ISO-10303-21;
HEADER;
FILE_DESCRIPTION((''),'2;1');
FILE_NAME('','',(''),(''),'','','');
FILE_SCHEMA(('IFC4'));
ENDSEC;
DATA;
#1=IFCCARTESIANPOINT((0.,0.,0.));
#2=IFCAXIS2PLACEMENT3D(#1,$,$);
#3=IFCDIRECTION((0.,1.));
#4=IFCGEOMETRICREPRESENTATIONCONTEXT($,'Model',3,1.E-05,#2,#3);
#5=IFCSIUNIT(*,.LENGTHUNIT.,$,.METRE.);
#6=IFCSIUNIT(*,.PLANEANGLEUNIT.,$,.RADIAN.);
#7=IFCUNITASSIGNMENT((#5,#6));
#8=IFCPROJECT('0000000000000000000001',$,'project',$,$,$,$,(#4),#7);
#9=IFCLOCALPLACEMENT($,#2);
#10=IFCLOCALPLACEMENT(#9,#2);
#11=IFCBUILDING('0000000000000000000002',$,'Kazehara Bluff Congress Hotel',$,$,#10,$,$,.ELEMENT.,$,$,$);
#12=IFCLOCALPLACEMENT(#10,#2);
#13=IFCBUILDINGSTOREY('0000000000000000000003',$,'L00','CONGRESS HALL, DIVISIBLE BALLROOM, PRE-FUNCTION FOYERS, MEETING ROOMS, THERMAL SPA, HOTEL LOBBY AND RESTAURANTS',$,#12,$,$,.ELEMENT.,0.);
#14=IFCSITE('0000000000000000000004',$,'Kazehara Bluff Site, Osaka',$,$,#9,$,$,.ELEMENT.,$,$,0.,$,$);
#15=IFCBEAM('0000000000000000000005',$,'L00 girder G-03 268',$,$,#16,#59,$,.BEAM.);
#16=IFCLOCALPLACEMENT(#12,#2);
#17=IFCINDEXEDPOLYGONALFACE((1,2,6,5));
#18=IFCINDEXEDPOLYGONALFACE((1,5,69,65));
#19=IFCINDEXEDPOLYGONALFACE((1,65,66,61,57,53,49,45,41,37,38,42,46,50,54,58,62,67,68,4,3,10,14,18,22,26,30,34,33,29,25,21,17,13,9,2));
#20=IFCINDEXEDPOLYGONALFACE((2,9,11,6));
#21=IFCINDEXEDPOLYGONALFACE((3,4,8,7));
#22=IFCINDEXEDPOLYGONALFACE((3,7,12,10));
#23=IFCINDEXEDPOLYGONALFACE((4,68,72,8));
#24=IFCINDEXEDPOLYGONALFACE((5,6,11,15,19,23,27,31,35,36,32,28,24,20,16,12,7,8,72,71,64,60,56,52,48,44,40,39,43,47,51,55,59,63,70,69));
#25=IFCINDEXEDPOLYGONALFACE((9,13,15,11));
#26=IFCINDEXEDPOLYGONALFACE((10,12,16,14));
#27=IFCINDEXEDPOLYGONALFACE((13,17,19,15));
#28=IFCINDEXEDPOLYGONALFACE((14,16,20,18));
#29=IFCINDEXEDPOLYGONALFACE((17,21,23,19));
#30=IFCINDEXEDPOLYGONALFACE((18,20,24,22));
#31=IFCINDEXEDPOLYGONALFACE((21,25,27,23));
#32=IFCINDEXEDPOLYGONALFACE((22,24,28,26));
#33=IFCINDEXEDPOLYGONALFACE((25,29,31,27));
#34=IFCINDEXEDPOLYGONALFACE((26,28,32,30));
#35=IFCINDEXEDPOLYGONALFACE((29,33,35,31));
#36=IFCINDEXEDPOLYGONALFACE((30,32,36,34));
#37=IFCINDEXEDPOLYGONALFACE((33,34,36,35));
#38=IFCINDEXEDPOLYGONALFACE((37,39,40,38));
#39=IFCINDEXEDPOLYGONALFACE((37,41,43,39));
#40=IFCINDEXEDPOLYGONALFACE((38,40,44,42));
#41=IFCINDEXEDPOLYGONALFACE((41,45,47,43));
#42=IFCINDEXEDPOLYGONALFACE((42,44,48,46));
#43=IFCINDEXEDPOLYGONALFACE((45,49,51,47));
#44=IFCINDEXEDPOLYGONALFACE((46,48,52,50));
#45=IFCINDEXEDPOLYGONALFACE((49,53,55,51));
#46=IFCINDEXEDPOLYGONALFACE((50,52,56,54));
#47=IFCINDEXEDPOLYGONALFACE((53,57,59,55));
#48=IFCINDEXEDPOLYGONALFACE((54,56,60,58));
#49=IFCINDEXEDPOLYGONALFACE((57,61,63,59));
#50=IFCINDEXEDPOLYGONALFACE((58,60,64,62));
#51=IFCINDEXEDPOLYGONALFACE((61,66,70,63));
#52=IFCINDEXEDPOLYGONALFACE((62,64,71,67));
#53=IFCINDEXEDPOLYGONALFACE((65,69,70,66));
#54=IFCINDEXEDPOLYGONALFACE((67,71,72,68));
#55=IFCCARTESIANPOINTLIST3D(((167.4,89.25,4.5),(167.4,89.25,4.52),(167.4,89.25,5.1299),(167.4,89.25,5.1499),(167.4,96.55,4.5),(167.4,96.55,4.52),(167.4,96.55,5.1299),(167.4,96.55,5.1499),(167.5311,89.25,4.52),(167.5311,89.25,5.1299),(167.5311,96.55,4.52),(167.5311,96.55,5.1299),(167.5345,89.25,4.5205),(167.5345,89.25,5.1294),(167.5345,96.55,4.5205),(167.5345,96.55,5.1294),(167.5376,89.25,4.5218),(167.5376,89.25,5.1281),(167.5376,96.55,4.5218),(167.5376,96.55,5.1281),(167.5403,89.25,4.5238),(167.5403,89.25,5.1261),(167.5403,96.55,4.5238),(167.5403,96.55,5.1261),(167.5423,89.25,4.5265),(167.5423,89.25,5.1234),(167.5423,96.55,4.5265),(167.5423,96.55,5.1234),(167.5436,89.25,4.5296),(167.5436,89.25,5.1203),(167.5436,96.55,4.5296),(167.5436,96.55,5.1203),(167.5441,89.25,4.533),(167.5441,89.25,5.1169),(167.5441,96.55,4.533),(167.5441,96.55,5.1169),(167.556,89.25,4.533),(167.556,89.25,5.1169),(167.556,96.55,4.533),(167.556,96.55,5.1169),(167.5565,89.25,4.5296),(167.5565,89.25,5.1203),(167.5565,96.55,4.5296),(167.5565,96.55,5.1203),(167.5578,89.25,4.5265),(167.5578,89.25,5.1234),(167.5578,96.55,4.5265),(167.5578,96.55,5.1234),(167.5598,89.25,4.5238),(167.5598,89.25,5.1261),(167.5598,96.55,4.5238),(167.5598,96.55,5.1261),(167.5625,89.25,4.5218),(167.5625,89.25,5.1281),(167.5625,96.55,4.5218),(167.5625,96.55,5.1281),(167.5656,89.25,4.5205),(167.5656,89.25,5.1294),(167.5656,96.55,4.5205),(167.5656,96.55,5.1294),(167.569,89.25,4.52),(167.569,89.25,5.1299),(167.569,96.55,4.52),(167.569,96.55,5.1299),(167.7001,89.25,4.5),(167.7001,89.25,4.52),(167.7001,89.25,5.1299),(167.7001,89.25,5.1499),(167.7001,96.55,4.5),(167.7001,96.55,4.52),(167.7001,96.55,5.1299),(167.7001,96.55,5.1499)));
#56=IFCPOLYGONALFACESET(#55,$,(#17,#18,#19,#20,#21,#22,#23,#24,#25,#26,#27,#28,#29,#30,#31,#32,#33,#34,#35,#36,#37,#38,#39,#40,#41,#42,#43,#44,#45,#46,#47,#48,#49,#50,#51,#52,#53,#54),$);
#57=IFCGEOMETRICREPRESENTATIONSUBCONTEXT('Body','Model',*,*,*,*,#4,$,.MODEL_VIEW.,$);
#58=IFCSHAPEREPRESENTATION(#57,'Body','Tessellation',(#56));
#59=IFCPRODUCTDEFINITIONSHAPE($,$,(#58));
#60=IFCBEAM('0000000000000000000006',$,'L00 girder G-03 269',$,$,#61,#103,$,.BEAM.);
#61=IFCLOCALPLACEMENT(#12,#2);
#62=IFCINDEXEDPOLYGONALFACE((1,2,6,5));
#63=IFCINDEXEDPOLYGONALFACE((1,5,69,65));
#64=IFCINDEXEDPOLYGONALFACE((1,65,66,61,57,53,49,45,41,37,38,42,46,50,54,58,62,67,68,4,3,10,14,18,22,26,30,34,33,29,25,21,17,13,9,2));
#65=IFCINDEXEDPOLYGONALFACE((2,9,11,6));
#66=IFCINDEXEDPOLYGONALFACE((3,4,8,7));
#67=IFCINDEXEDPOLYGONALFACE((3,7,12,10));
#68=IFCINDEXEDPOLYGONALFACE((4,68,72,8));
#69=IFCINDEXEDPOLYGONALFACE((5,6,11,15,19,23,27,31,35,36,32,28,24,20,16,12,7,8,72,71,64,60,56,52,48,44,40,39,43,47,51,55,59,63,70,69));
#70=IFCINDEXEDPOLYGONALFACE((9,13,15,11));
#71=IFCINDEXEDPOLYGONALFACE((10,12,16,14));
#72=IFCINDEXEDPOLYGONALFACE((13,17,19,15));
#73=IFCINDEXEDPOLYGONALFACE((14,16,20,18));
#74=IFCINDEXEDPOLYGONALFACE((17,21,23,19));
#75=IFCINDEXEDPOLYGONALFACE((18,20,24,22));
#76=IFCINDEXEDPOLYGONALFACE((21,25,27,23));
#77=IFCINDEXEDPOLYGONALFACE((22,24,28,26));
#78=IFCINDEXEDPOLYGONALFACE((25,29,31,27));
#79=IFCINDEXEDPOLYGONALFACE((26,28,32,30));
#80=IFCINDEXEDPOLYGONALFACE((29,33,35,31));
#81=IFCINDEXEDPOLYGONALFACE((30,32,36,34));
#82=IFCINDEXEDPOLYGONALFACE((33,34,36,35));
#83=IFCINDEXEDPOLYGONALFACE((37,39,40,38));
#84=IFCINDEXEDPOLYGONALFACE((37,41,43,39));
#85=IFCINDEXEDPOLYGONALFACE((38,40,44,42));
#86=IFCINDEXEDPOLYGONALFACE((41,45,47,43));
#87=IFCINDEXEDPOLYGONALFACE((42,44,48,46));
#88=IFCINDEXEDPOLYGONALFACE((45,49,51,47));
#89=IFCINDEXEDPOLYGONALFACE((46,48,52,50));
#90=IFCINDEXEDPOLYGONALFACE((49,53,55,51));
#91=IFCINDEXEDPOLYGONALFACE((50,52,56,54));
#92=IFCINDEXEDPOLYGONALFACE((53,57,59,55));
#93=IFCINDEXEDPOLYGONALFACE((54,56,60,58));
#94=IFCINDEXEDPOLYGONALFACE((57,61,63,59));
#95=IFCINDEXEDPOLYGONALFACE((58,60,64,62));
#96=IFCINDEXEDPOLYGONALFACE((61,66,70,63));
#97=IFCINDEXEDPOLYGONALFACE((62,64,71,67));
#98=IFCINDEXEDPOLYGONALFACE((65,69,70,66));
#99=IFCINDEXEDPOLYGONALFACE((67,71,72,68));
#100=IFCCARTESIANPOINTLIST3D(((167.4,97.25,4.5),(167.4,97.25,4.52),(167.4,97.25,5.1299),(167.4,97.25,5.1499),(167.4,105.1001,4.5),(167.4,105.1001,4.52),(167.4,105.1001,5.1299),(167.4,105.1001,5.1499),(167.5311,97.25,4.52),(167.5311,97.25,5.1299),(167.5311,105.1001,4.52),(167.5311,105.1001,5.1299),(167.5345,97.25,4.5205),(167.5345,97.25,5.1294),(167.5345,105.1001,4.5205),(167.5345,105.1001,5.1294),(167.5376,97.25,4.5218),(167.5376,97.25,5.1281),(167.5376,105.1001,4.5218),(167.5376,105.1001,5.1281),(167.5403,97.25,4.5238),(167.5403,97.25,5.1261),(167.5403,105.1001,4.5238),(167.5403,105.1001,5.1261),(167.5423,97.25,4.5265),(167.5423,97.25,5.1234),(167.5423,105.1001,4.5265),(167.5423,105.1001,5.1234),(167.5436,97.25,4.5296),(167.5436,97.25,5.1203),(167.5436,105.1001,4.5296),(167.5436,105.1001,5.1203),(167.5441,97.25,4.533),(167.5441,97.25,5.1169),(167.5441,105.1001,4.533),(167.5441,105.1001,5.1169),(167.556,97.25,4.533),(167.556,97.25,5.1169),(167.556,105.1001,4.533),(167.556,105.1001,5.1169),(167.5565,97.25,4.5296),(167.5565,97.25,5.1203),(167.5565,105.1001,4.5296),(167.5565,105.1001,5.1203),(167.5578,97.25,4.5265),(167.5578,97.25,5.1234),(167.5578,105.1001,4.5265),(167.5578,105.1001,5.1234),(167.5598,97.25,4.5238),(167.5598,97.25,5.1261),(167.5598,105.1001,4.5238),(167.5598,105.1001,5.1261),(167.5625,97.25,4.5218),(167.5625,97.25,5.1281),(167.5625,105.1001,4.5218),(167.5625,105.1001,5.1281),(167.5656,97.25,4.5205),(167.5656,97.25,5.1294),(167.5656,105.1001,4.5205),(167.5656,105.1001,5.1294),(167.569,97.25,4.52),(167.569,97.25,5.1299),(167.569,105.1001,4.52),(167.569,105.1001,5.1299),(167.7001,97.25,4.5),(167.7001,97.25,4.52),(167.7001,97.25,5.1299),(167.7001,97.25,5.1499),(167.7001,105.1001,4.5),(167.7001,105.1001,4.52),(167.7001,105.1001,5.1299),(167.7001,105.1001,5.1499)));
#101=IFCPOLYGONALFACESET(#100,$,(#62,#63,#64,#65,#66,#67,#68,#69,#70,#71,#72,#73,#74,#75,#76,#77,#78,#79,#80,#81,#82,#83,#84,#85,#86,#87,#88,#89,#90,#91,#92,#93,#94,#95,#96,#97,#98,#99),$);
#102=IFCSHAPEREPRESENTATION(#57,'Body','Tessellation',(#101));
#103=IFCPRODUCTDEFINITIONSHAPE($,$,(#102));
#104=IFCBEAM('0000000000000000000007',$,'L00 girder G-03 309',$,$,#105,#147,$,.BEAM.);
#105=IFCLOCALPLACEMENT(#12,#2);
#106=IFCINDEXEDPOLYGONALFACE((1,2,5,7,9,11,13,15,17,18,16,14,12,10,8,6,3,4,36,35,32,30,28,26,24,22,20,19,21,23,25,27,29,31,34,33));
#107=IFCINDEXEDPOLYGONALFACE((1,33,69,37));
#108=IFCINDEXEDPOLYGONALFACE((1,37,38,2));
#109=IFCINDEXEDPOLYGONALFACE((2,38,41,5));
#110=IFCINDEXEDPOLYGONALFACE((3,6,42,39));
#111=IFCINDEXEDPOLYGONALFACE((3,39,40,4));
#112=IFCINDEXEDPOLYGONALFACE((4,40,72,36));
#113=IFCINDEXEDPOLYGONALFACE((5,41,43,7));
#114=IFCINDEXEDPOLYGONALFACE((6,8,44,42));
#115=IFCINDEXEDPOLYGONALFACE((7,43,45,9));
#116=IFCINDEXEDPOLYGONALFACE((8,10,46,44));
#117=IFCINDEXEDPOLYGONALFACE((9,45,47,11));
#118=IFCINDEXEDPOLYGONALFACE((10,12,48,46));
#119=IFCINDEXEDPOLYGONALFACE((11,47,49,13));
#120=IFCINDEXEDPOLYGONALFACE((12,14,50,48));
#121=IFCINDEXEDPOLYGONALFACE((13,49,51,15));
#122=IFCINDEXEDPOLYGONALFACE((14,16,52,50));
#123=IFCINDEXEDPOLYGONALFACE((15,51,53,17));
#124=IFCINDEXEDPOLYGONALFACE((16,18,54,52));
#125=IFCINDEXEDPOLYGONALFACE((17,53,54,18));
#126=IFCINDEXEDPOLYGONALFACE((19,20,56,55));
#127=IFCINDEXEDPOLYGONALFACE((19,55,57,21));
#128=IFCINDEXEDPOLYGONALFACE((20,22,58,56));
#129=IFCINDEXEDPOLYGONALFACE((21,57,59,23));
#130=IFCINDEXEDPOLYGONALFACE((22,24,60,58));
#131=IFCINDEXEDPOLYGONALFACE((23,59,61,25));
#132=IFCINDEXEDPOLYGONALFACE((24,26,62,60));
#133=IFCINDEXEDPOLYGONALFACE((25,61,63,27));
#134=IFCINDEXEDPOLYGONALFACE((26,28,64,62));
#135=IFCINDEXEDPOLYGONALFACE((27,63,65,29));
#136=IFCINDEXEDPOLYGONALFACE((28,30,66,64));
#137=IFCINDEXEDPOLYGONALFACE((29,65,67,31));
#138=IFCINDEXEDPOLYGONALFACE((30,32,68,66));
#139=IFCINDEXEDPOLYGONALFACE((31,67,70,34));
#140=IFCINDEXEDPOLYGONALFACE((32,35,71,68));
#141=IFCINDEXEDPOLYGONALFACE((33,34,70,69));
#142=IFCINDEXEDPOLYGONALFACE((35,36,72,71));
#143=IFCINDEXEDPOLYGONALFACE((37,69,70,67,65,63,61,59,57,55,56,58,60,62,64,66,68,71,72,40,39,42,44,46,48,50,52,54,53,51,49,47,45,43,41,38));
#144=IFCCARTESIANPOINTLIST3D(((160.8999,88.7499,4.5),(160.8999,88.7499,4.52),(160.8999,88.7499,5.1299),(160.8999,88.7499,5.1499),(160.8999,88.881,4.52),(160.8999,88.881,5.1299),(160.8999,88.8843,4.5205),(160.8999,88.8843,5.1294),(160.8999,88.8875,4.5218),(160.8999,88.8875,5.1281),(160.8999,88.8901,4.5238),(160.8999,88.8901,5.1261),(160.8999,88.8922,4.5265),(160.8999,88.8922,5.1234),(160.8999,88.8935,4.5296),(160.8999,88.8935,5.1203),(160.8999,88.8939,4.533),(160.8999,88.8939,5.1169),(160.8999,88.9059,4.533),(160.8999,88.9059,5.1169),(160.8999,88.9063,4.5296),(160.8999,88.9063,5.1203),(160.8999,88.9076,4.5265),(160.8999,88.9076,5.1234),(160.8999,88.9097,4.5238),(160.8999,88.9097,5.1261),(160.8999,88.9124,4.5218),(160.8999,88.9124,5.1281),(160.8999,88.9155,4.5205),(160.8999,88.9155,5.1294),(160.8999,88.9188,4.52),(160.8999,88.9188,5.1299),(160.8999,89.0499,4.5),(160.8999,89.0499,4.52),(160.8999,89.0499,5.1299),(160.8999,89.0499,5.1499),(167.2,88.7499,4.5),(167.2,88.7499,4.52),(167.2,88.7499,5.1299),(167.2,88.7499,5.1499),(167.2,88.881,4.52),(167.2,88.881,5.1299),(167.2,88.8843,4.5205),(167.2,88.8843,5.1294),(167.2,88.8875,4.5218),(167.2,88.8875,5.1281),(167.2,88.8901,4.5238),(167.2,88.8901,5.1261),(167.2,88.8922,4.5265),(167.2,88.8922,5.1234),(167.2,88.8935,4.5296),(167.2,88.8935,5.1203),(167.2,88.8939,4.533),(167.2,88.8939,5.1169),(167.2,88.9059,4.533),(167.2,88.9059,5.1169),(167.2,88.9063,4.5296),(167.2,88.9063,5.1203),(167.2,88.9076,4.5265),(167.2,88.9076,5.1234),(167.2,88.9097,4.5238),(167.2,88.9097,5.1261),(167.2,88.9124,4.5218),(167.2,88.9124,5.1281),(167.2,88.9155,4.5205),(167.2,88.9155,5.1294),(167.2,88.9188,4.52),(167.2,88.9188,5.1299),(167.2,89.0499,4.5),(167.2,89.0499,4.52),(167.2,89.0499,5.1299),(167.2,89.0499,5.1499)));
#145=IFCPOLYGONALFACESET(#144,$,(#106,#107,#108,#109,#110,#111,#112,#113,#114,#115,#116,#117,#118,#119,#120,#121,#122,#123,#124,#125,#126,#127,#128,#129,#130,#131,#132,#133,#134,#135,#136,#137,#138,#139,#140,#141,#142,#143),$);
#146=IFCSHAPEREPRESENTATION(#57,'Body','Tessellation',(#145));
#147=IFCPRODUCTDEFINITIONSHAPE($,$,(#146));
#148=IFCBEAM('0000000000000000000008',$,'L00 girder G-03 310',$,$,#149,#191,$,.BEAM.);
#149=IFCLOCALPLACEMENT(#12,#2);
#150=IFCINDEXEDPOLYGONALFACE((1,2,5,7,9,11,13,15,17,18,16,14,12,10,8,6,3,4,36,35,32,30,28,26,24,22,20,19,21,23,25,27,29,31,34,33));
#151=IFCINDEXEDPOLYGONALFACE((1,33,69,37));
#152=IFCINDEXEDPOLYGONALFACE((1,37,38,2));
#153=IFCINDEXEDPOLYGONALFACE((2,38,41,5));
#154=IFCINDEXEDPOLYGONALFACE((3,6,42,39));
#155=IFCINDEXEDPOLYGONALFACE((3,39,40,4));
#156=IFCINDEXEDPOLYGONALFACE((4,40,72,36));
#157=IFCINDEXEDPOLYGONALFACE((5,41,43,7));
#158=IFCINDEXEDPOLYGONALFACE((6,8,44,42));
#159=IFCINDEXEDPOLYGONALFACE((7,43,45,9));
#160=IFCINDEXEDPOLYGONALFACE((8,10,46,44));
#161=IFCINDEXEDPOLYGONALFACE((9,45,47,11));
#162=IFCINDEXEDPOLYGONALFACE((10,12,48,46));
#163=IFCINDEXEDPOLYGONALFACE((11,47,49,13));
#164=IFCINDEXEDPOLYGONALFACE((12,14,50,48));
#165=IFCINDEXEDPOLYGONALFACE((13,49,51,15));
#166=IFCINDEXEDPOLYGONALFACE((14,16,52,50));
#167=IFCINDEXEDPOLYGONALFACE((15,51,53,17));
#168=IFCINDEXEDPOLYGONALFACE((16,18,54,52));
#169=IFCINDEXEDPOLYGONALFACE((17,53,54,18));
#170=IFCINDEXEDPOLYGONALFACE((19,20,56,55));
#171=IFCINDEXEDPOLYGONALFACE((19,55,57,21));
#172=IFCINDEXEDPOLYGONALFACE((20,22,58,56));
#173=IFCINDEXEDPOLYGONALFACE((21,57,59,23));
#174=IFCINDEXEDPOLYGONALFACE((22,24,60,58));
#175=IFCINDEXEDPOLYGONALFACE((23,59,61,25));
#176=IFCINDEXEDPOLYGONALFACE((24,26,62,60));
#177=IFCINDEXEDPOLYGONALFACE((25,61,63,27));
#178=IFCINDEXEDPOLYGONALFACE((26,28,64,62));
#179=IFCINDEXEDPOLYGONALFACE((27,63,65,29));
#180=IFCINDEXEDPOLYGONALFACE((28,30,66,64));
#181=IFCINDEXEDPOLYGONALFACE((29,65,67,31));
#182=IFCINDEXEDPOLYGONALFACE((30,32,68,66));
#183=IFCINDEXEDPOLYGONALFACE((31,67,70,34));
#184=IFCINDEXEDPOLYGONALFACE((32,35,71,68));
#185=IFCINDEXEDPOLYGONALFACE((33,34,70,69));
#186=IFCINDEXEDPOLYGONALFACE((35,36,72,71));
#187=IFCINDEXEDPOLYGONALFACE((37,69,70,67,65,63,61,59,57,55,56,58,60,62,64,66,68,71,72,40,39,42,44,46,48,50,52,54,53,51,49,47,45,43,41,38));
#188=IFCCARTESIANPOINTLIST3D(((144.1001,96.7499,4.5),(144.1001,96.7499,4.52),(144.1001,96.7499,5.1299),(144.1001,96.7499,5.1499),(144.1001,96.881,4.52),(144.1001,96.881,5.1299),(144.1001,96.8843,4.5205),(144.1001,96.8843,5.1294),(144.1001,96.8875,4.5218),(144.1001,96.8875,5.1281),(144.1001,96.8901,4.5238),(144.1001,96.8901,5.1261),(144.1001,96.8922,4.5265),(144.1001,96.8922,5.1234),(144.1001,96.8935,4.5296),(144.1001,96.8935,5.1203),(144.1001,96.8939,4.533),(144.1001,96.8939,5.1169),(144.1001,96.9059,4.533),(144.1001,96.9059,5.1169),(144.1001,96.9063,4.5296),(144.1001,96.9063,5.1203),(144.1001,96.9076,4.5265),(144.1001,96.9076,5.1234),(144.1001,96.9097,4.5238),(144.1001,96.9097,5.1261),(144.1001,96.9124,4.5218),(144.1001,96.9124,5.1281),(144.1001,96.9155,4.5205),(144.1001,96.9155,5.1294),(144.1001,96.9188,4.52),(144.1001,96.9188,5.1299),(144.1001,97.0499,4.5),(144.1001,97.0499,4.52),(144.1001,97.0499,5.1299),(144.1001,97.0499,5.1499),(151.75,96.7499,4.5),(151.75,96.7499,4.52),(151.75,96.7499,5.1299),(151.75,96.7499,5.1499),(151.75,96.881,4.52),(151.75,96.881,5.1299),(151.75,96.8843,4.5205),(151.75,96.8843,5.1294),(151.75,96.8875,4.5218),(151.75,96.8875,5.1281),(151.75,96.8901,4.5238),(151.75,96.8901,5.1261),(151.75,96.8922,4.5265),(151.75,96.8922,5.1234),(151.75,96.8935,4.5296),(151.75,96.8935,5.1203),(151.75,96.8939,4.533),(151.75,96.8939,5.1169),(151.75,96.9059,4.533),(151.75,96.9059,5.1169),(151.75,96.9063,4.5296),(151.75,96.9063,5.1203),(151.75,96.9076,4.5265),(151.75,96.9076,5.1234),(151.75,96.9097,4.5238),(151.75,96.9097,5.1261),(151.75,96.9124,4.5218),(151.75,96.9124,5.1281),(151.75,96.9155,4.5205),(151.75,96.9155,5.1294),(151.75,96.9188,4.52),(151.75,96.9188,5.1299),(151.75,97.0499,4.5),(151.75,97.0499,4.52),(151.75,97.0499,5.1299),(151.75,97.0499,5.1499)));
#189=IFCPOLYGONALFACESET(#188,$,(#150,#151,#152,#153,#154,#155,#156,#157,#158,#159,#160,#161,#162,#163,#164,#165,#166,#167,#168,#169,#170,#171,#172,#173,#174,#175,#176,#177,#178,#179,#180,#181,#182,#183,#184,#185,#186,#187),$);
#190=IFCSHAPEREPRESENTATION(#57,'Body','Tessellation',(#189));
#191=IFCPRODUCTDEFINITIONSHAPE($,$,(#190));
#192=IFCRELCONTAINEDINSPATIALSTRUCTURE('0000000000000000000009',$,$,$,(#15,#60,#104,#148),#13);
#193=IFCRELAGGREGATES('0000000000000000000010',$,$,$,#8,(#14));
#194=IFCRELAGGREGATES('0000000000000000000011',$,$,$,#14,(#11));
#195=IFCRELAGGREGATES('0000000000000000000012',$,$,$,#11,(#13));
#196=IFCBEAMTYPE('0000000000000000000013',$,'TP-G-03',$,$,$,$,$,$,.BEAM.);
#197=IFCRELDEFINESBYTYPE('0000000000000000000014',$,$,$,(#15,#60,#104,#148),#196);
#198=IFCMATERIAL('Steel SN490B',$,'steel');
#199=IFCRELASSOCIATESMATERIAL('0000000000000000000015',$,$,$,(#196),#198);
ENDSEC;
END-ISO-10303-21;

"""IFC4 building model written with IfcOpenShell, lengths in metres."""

from ifc_helpers import new_model, si_unit, direction, frame, origin, origin_2d, place, context, subcontext, project, spatial, i_section, extrude, material, material_profile, profile_set, type_object, element, save


model = new_model("IFC4")

# Units and contexts
model_context = context("Model", 3, precision=1e-05, world=origin(), true_north=direction((0.0, 1.0)))
body_context = subcontext(model_context, "Body", "Model", "MODEL_VIEW")
ifc_project = project(units=[si_unit("LENGTHUNIT", "METRE"), si_unit("PLANEANGLEUNIT", "RADIAN")], contexts=[model_context])

# Site, building, storey
site_placement = place(None, origin())
site = spatial("IfcSite", under=ifc_project, at=site_placement, Name="Kazehara Bluff Site, Osaka", CompositionType="ELEMENT", RefElevation=0.0)
building_placement = place(site_placement, origin())
building = spatial("IfcBuilding", under=site, at=building_placement, Name="Kazehara Bluff Congress Hotel", CompositionType="ELEMENT")
storey_placement = place(building_placement, origin())
storey = spatial("IfcBuildingStorey", under=building, at=storey_placement, Name="L00", Description="CONGRESS HALL, DIVISIBLE BALLROOM, PRE-FUNCTION FOYERS, MEETING ROOMS, THERMAL SPA, HOTEL LOBBY AND RESTAURANTS", CompositionType="ELEMENT", Elevation=0.0)

# Beams
ifc_material_1 = material(Name="Steel SN490B", Category="steel")
ifc_material_profile_1 = material_profile(ifc_material_1, i_section(OverallWidth=0.3, OverallDepth=0.6499, WebThickness=0.012, FlangeThickness=0.02, FilletRadius=0.0129, at=origin_2d()))
ifc_profile_set_1 = profile_set([ifc_material_profile_1], Name="Steel SN490B")
beam_type_1 = type_object("IfcBeamType", Name="TP-G-03", PredefinedType="BEAM", material=ifc_profile_set_1)
for number, where, z_axis, x_axis, name in (
    (1, (167.55, 89.25, 4.825), (0.0, 1.0, 0.0), (-1.0, 0.0, 0.0), "L00 girder G-03 268"),
):
    element("IfcBeam", number, at=place(storey_placement, frame(where, z_axis=z_axis, x_axis=x_axis)), inside=storey, type_object=beam_type_1, Name=name, PredefinedType="BEAM", context=body_context, shape_type="SweptSolid", body=[
        extrude(i_section(OverallWidth=0.3, OverallDepth=0.6499, WebThickness=0.012, FlangeThickness=0.02, FilletRadius=0.0129, at=origin_2d()), origin(), (0.0, 0.0, 1.0), 7.3),
    ])
beam_1_placement = place(storey_placement, frame((167.55, 97.25, 4.825), z_axis=(0.0, 1.0, 0.0), x_axis=(-1.0, 0.0, 0.0)))
element("IfcBeam", 2, at=beam_1_placement, inside=storey, type_object=beam_type_1, Name="L00 girder G-03 269", PredefinedType="BEAM", context=body_context, shape_type="SweptSolid", body=[
    extrude(i_section(OverallWidth=0.3, OverallDepth=0.6499, WebThickness=0.012, FlangeThickness=0.02, FilletRadius=0.0129, at=origin_2d()), origin(), (0.0, 0.0, 1.0), 7.8501),
])
beam_2_placement = place(storey_placement, frame((160.8999, 88.8999, 4.825), z_axis=(1.0, 0.0, 0.0), x_axis=(0.0, 1.0, 0.0)))
element("IfcBeam", 3, at=beam_2_placement, inside=storey, type_object=beam_type_1, Name="L00 girder G-03 309", PredefinedType="BEAM", context=body_context, shape_type="SweptSolid", body=[
    extrude(i_section(OverallWidth=0.3, OverallDepth=0.6499, WebThickness=0.012, FlangeThickness=0.02, FilletRadius=0.0129, at=origin_2d()), origin(), (0.0, 0.0, 1.0), 6.3),
])
beam_3_placement = place(storey_placement, frame((144.1001, 96.8999, 4.825), z_axis=(1.0, 0.0, 0.0), x_axis=(0.0, 1.0, 0.0)))
element("IfcBeam", 4, at=beam_3_placement, inside=storey, type_object=beam_type_1, Name="L00 girder G-03 310", PredefinedType="BEAM", context=body_context, shape_type="SweptSolid", body=[
    extrude(i_section(OverallWidth=0.3, OverallDepth=0.6499, WebThickness=0.012, FlangeThickness=0.02, FilletRadius=0.0129, at=origin_2d()), origin(), (0.0, 0.0, 1.0), 7.6499),
])

save(model, "model.ifc")
